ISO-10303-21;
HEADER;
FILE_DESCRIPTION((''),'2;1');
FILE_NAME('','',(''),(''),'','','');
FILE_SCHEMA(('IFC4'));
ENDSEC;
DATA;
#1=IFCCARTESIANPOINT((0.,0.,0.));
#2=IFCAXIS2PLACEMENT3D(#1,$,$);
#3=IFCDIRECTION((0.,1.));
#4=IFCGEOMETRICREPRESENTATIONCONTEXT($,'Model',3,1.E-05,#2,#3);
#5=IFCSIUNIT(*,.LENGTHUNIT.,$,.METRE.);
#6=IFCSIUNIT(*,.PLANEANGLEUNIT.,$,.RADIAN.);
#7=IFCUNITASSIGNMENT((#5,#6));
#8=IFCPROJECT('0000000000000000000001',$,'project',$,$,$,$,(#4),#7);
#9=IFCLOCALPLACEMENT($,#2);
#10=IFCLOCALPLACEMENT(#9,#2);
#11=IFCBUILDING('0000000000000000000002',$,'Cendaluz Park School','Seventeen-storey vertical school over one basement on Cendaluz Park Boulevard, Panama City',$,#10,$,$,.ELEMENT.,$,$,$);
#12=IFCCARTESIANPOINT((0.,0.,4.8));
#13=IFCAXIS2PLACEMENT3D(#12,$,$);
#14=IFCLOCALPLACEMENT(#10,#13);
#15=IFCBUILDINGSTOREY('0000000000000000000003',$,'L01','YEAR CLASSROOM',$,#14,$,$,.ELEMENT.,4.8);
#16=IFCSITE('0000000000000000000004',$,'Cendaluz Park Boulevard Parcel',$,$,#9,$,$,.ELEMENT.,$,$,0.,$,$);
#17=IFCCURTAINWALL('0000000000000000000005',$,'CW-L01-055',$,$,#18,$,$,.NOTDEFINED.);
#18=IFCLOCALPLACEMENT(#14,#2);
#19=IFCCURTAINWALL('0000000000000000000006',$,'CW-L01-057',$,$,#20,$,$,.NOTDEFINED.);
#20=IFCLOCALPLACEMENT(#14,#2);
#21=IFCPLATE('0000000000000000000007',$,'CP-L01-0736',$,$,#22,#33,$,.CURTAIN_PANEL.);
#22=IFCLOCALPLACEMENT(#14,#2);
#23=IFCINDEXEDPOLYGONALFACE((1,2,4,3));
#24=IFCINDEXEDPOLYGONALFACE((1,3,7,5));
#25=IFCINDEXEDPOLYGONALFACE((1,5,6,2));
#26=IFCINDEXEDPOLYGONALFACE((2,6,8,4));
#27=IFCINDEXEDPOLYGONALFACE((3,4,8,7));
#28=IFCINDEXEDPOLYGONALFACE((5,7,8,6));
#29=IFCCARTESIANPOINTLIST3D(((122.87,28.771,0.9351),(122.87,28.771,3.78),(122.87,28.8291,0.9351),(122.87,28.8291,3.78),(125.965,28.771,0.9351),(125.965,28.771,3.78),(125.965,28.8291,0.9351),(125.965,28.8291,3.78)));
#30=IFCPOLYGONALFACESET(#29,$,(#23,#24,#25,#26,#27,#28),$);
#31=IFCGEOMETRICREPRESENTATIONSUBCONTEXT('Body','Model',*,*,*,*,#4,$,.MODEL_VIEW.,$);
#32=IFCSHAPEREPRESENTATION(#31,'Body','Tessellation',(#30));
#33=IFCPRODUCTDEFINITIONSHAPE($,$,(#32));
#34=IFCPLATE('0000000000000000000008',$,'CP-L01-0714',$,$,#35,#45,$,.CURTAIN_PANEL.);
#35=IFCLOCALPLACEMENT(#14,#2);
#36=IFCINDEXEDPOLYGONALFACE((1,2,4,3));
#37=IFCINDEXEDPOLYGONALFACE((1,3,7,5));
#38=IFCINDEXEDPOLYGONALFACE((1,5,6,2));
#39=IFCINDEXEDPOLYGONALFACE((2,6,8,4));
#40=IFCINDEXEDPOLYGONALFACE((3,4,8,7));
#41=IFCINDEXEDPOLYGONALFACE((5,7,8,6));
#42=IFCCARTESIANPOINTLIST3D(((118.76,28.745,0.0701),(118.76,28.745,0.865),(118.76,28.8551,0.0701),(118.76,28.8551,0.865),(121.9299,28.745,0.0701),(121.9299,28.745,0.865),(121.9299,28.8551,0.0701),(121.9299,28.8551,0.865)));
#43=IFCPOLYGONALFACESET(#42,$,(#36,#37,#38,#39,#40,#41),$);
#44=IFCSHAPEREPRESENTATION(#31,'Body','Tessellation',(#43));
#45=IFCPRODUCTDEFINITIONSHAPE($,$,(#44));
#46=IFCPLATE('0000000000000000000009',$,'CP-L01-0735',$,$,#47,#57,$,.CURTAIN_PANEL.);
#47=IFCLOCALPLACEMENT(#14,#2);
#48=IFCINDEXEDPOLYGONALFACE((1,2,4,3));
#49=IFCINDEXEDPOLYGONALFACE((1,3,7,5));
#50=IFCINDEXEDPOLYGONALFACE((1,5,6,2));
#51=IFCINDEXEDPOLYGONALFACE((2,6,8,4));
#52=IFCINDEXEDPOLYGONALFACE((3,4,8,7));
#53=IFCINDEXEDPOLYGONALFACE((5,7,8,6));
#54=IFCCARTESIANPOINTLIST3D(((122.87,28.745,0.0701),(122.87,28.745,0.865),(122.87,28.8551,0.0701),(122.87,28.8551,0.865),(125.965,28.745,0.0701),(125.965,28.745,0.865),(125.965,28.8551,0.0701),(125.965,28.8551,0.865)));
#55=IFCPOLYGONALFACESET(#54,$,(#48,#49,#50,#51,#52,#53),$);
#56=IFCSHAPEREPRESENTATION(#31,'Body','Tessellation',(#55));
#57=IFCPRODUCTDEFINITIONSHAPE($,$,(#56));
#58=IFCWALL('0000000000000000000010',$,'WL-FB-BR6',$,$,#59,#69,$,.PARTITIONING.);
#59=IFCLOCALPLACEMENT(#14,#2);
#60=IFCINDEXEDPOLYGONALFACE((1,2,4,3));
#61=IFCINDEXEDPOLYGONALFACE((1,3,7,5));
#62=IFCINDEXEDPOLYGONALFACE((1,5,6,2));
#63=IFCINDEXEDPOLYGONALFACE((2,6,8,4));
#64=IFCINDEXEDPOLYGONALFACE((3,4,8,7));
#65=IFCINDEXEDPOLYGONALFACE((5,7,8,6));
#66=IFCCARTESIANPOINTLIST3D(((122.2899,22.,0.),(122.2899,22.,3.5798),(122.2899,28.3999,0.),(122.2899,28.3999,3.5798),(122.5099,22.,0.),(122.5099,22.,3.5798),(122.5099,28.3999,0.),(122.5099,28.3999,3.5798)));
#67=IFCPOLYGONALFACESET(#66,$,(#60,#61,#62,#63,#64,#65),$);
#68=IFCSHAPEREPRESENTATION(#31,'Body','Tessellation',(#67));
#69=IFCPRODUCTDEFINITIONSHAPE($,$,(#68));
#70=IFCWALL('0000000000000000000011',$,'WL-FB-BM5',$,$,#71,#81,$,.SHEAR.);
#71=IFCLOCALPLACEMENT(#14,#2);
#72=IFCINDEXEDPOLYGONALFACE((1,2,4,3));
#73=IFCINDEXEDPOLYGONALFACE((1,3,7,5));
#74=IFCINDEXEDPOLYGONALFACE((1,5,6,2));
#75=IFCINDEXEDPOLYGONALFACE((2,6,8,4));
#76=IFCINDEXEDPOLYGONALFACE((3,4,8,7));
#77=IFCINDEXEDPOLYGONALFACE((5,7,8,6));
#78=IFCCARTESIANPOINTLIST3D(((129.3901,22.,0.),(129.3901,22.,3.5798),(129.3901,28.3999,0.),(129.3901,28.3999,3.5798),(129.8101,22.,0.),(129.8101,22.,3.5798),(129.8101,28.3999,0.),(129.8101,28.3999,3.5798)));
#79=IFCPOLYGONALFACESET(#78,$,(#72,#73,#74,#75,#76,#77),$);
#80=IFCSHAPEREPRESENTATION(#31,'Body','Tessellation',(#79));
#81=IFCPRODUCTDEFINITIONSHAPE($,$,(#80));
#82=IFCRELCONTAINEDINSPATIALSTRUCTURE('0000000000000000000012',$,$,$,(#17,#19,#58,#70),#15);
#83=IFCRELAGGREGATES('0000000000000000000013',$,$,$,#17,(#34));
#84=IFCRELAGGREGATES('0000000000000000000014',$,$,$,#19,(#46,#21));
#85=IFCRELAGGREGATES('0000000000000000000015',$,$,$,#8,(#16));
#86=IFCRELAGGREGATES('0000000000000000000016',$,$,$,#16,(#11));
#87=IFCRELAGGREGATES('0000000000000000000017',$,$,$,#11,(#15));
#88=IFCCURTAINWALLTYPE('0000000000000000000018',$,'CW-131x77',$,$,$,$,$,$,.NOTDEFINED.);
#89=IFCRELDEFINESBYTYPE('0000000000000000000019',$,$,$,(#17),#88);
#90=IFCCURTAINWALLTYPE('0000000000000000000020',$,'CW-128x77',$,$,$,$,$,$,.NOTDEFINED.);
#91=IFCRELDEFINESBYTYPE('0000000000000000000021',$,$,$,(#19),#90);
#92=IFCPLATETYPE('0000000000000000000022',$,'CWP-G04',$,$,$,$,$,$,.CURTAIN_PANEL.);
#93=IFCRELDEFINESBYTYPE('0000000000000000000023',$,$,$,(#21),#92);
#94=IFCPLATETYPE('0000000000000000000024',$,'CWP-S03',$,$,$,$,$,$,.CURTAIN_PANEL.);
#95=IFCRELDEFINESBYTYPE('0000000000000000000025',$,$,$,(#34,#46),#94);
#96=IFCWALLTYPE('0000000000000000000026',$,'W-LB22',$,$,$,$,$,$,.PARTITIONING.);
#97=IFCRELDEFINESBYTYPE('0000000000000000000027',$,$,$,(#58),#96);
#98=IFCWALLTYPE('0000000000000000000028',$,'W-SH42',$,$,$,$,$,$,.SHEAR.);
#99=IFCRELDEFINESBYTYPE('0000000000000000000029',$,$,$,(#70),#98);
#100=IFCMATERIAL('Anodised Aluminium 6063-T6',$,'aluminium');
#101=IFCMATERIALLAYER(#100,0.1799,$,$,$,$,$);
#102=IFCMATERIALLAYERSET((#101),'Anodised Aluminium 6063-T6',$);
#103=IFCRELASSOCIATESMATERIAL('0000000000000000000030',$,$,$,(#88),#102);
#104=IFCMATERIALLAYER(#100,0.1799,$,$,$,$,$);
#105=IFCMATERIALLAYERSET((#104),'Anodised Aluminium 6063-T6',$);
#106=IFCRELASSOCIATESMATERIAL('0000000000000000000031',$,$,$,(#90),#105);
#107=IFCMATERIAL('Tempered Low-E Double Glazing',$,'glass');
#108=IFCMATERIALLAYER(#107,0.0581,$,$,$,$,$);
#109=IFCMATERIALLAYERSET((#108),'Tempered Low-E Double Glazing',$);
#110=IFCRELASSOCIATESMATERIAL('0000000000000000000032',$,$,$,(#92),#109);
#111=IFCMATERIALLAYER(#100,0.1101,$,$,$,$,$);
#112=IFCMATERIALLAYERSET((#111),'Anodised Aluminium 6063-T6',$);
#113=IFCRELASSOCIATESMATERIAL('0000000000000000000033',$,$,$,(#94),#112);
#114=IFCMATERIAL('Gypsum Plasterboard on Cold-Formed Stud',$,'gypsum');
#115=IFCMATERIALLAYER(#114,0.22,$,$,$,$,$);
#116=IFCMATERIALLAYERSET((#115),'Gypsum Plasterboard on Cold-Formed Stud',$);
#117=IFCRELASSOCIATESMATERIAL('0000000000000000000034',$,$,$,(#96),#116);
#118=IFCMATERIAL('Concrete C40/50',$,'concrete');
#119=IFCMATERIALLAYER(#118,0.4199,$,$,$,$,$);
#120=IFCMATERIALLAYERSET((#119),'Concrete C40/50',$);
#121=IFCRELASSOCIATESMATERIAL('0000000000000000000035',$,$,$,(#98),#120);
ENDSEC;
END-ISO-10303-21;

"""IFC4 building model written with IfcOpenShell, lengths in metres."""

from ifc_helpers import new_model, si_unit, direction, frame, frame_2d, origin, origin_2d, place, context, subcontext, project, spatial, rectangle, extrude, material, layer, layer_set, type_object, element, aggregate, save


model = new_model("IFC4")

# Units and contexts
model_context = context("Model", 3, precision=1e-05, world=origin(), true_north=direction((0.0, 1.0)))
body_context = subcontext(model_context, "Body", "Model", "MODEL_VIEW")
ifc_project = project(units=[si_unit("LENGTHUNIT", "METRE"), si_unit("PLANEANGLEUNIT", "RADIAN")], contexts=[model_context])

# Site, building, storey
site_placement = place(None, origin())
site = spatial("IfcSite", under=ifc_project, at=site_placement, Name="Cendaluz Park Boulevard Parcel", CompositionType="ELEMENT", RefElevation=0.0)
building_placement = place(site_placement, origin())
building = spatial("IfcBuilding", under=site, at=building_placement, Name="Cendaluz Park School", Description="Seventeen-storey vertical school over one basement on Cendaluz Park Boulevard, Panama City", CompositionType="ELEMENT")
storey_placement = place(building_placement, frame((0.0, 0.0, 4.8)))
storey = spatial("IfcBuildingStorey", under=building, at=storey_placement, Name="L01", Description="YEAR CLASSROOM", CompositionType="ELEMENT", Elevation=4.8)

# Shared definitions
ifc_material_1 = material(Name="Concrete C40/50", Category="concrete")

# Curtain walls
ifc_material_2 = material(Name="Anodised Aluminium 6063-T6", Category="aluminium")
ifc_layer_1 = layer(ifc_material_2, 0.1799)
ifc_layer_set_1 = layer_set([ifc_layer_1], Name="Anodised Aluminium 6063-T6")
curtain_wall_type_1 = type_object("IfcCurtainWallType", Name="CW-131x77", PredefinedType="NOTDEFINED", material=ifc_layer_set_1)
curtain_wall_1_placement = place(storey_placement, origin())
curtain_wall_1 = element("IfcCurtainWall", 1, at=curtain_wall_1_placement, inside=storey, type_object=curtain_wall_type_1, Name="CW-L01-055", PredefinedType="NOTDEFINED")
ifc_layer_2 = layer(ifc_material_2, 0.1799)
ifc_layer_set_2 = layer_set([ifc_layer_2], Name="Anodised Aluminium 6063-T6")
curtain_wall_type_2 = type_object("IfcCurtainWallType", Name="CW-128x77", PredefinedType="NOTDEFINED", material=ifc_layer_set_2)
curtain_wall_2_placement = place(storey_placement, origin())
curtain_wall_2 = element("IfcCurtainWall", 2, at=curtain_wall_2_placement, inside=storey, type_object=curtain_wall_type_2, Name="CW-L01-057", PredefinedType="NOTDEFINED")

# Plates
ifc_material_3 = material(Name="Tempered Low-E Double Glazing", Category="glass")
ifc_layer_3 = layer(ifc_material_3, 0.0581)
ifc_layer_set_3 = layer_set([ifc_layer_3], Name="Tempered Low-E Double Glazing")
plate_type_1 = type_object("IfcPlateType", Name="CWP-G04", PredefinedType="CURTAIN_PANEL", material=ifc_layer_set_3)
plate_1_placement = place(storey_placement, frame((124.4175, 28.8, 0.9351), z_axis=(0.0, 0.0, 1.0), x_axis=(1.0, 0.0, 0.0)))
plate_1 = element("IfcPlate", 3, at=plate_1_placement, type_object=plate_type_1, Name="CP-L01-0736", PredefinedType="CURTAIN_PANEL", context=body_context, shape_type="SweptSolid", body=[
    extrude(rectangle(XDim=3.095, YDim=0.0581, at=origin_2d()), origin(), (0.0, 0.0, 1.0), 2.845),
])
ifc_layer_4 = layer(ifc_material_2, 0.1101)
ifc_layer_set_4 = layer_set([ifc_layer_4], Name="Anodised Aluminium 6063-T6")
plate_type_2 = type_object("IfcPlateType", Name="CWP-S03", PredefinedType="CURTAIN_PANEL", material=ifc_layer_set_4)
plate_2_placement = place(storey_placement, frame((120.345, 28.8, 0.0701), z_axis=(0.0, 0.0, 1.0), x_axis=(1.0, 0.0, 0.0)))
plate_2 = element("IfcPlate", 4, at=plate_2_placement, type_object=plate_type_2, Name="CP-L01-0714", PredefinedType="CURTAIN_PANEL", context=body_context, shape_type="SweptSolid", body=[
    extrude(rectangle(XDim=3.1699, YDim=0.1101, at=origin_2d()), origin(), (0.0, 0.0, 1.0), 0.7949),
])
aggregate(curtain_wall_1, [plate_2])
plate_3_placement = place(storey_placement, frame((124.4175, 28.8, 0.0701), z_axis=(0.0, 0.0, 1.0), x_axis=(1.0, 0.0, 0.0)))
plate_3 = element("IfcPlate", 5, at=plate_3_placement, type_object=plate_type_2, Name="CP-L01-0735", PredefinedType="CURTAIN_PANEL", context=body_context, shape_type="SweptSolid", body=[
    extrude(rectangle(XDim=3.095, YDim=0.1101, at=origin_2d()), origin(), (0.0, 0.0, 1.0), 0.7949),
])
aggregate(curtain_wall_2, [plate_3, plate_1])

# Walls
ifc_material_4 = material(Name="Gypsum Plasterboard on Cold-Formed Stud", Category="gypsum")
ifc_layer_5 = layer(ifc_material_4, 0.22)
ifc_layer_set_5 = layer_set([ifc_layer_5], Name="Gypsum Plasterboard on Cold-Formed Stud")
wall_type_1 = type_object("IfcWallType", Name="W-LB22", PredefinedType="PARTITIONING", material=ifc_layer_set_5)
wall_1_placement = place(storey_placement, frame((122.3999, 22.0, 0.0), z_axis=(0.0, 0.0, 1.0), x_axis=(0.0, 1.0, 0.0)))
element("IfcWall", 6, at=wall_1_placement, inside=storey, type_object=wall_type_1, Name="WL-FB-BR6", PredefinedType="PARTITIONING", context=body_context, shape_type="SweptSolid", body=[
    extrude(rectangle(XDim=6.3999, YDim=0.22, at=frame_2d((3.2, 0.0))), origin(), (0.0, 0.0, 1.0), 3.5798),
])
ifc_layer_6 = layer(ifc_material_1, 0.4199)
ifc_layer_set_6 = layer_set([ifc_layer_6], Name="Concrete C40/50")
wall_type_2 = type_object("IfcWallType", Name="W-SH42", PredefinedType="SHEAR", material=ifc_layer_set_6)
wall_2_placement = place(storey_placement, frame((129.6001, 22.0, 0.0), z_axis=(0.0, 0.0, 1.0), x_axis=(0.0, 1.0, 0.0)))
element("IfcWall", 7, at=wall_2_placement, inside=storey, type_object=wall_type_2, Name="WL-FB-BM5", PredefinedType="SHEAR", context=body_context, shape_type="SweptSolid", body=[
    extrude(rectangle(XDim=6.3999, YDim=0.4199, at=frame_2d((3.2, 0.0))), origin(), (0.0, 0.0, 1.0), 3.5798),
])

save(model, "model.ifc")
